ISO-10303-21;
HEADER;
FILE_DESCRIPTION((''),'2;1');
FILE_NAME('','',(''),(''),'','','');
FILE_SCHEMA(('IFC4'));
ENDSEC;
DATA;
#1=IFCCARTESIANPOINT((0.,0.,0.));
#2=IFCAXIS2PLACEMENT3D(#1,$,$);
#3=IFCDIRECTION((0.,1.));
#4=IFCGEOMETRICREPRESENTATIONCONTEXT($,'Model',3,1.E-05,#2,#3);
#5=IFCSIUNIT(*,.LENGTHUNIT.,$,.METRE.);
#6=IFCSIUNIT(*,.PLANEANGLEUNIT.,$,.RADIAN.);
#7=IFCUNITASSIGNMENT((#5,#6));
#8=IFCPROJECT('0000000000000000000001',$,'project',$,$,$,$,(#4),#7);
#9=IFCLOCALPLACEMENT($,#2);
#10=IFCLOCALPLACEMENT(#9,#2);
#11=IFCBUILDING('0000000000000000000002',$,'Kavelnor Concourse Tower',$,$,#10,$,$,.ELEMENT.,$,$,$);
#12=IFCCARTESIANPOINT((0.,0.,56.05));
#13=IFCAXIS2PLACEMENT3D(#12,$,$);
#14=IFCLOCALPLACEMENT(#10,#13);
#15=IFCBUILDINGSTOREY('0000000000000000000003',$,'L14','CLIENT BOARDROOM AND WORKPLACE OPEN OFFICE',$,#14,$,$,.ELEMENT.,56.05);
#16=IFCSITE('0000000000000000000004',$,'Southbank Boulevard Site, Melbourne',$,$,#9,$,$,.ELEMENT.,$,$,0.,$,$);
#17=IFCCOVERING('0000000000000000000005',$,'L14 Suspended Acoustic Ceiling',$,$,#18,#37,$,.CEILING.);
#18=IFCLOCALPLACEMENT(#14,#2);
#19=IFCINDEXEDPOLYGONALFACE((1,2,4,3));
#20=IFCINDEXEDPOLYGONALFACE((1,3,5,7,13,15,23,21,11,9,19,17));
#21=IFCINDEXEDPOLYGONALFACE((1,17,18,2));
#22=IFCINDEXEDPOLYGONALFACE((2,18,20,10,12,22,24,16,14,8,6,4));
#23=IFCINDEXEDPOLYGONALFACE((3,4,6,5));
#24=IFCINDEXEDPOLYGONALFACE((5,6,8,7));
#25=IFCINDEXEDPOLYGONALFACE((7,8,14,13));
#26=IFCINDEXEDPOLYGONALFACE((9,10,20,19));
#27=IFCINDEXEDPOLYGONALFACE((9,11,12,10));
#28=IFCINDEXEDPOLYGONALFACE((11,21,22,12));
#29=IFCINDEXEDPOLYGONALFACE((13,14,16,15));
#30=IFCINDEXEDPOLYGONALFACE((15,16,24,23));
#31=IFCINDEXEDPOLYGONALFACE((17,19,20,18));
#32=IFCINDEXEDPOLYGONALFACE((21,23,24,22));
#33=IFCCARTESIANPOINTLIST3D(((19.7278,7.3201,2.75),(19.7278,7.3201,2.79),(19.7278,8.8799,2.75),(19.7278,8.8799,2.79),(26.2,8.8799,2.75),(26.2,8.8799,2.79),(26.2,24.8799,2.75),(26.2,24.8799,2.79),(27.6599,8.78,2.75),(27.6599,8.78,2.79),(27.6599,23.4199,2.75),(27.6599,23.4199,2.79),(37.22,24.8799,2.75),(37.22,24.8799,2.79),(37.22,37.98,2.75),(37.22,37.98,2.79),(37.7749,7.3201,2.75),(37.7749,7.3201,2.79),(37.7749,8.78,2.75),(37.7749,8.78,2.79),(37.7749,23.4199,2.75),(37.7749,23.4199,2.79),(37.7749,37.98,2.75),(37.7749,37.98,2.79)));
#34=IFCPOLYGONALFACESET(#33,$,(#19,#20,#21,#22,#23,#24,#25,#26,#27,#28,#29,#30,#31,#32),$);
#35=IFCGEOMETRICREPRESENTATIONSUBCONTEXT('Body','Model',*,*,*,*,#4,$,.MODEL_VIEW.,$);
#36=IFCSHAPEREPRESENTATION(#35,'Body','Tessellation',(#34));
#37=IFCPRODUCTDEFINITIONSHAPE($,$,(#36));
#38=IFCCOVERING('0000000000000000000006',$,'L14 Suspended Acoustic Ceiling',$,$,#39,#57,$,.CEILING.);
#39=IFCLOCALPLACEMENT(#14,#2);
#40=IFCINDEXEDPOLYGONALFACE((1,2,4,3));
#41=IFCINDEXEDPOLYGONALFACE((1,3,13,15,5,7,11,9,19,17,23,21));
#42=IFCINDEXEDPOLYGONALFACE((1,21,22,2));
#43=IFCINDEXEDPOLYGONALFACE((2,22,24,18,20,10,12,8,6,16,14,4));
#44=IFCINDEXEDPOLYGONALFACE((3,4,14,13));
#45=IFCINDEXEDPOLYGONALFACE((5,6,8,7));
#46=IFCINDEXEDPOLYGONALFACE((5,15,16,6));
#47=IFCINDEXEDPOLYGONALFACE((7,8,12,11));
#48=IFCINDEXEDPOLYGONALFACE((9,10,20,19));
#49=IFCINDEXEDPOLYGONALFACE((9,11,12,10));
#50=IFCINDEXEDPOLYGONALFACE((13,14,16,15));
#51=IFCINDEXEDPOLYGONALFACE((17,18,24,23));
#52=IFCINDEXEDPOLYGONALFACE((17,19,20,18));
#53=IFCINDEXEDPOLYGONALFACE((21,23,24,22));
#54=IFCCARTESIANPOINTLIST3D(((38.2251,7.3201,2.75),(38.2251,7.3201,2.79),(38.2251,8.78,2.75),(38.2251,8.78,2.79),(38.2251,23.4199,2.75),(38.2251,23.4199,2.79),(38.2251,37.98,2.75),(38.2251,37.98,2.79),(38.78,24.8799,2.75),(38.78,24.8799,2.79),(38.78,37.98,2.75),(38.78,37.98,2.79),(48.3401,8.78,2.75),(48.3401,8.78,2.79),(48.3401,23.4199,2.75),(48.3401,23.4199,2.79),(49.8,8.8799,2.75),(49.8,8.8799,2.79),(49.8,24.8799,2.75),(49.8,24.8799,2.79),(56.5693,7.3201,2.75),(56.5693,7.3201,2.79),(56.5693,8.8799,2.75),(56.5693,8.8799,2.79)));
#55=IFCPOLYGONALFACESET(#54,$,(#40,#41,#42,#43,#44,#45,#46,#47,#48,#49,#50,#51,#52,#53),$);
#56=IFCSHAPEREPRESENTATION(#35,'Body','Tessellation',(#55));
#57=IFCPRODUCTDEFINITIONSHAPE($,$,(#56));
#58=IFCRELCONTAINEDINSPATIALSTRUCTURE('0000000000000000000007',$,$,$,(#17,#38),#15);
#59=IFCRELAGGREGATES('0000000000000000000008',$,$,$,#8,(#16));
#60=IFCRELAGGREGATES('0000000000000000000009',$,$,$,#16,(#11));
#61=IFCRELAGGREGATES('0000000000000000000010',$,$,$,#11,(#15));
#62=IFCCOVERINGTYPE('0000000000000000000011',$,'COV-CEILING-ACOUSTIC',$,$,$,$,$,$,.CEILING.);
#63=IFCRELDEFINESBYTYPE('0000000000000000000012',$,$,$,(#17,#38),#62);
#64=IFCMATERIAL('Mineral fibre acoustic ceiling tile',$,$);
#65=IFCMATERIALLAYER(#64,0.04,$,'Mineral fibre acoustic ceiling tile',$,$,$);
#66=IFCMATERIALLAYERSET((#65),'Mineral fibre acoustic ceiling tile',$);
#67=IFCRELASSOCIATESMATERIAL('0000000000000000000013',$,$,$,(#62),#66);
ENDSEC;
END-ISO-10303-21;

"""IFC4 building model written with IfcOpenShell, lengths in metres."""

from ifc_helpers import new_model, si_unit, direction, frame, origin, place, context, subcontext, project, spatial, polyline, outline, extrude, material, layer, layer_set, type_object, element, save


model = new_model("IFC4")

# Units and contexts
model_context = context("Model", 3, precision=1e-05, world=origin(), true_north=direction((0.0, 1.0)))
body_context = subcontext(model_context, "Body", "Model", "MODEL_VIEW")
ifc_project = project(units=[si_unit("LENGTHUNIT", "METRE"), si_unit("PLANEANGLEUNIT", "RADIAN")], contexts=[model_context])

# Site, building, storey
site_placement = place(None, origin())
site = spatial("IfcSite", under=ifc_project, at=site_placement, Name="Southbank Boulevard Site, Melbourne", CompositionType="ELEMENT", RefElevation=0.0)
building_placement = place(site_placement, origin())
building = spatial("IfcBuilding", under=site, at=building_placement, Name="Kavelnor Concourse Tower", CompositionType="ELEMENT")
storey_placement = place(building_placement, frame((0.0, 0.0, 56.05)))
storey = spatial("IfcBuildingStorey", under=building, at=storey_placement, Name="L14", Description="CLIENT BOARDROOM AND WORKPLACE OPEN OFFICE", CompositionType="ELEMENT", Elevation=56.05)

# Coverings
ifc_material_1 = material(Name="Mineral fibre acoustic ceiling tile")
ifc_layer_1 = layer(ifc_material_1, 0.04, Name="Mineral fibre acoustic ceiling tile")
ifc_layer_set_1 = layer_set([ifc_layer_1], Name="Mineral fibre acoustic ceiling tile")
covering_type = type_object("IfcCoveringType", Name="COV-CEILING-ACOUSTIC", PredefinedType="CEILING", material=ifc_layer_set_1)
covering_1_placement = place(storey_placement, frame((0.0, 0.0, 2.75)))
element("IfcCovering", 1, at=covering_1_placement, inside=storey, type_object=covering_type, Name="L14 Suspended Acoustic Ceiling", PredefinedType="CEILING", context=body_context, shape_type="SweptSolid", body=[
    extrude(outline(polyline([(37.22, 37.98), (37.7749, 37.98), (37.7749, 23.4199), (27.6599, 23.4199), (27.6599, 8.78), (37.7749, 8.78), (37.7749, 7.3201), (19.7278, 7.3201), (19.7278, 8.8799), (26.2, 8.8799), (26.2, 24.8799), (37.22, 24.8799), (37.22, 37.98)])), origin(), (0.0, 0.0, 1.0), 0.04),
])
covering_2_placement = place(storey_placement, frame((0.0, 0.0, 2.75)))
element("IfcCovering", 2, at=covering_2_placement, inside=storey, type_object=covering_type, Name="L14 Suspended Acoustic Ceiling", PredefinedType="CEILING", context=body_context, shape_type="SweptSolid", body=[
    extrude(outline(polyline([(38.78, 37.98), (38.78, 24.8799), (49.8, 24.8799), (49.8, 8.8799), (56.5693, 8.8799), (56.5693, 7.3201), (38.2251, 7.3201), (38.2251, 8.78), (48.3401, 8.78), (48.3401, 23.4199), (38.2251, 23.4199), (38.2251, 37.98), (38.78, 37.98)])), origin(), (0.0, 0.0, 1.0), 0.04),
])

save(model, "model.ifc")
